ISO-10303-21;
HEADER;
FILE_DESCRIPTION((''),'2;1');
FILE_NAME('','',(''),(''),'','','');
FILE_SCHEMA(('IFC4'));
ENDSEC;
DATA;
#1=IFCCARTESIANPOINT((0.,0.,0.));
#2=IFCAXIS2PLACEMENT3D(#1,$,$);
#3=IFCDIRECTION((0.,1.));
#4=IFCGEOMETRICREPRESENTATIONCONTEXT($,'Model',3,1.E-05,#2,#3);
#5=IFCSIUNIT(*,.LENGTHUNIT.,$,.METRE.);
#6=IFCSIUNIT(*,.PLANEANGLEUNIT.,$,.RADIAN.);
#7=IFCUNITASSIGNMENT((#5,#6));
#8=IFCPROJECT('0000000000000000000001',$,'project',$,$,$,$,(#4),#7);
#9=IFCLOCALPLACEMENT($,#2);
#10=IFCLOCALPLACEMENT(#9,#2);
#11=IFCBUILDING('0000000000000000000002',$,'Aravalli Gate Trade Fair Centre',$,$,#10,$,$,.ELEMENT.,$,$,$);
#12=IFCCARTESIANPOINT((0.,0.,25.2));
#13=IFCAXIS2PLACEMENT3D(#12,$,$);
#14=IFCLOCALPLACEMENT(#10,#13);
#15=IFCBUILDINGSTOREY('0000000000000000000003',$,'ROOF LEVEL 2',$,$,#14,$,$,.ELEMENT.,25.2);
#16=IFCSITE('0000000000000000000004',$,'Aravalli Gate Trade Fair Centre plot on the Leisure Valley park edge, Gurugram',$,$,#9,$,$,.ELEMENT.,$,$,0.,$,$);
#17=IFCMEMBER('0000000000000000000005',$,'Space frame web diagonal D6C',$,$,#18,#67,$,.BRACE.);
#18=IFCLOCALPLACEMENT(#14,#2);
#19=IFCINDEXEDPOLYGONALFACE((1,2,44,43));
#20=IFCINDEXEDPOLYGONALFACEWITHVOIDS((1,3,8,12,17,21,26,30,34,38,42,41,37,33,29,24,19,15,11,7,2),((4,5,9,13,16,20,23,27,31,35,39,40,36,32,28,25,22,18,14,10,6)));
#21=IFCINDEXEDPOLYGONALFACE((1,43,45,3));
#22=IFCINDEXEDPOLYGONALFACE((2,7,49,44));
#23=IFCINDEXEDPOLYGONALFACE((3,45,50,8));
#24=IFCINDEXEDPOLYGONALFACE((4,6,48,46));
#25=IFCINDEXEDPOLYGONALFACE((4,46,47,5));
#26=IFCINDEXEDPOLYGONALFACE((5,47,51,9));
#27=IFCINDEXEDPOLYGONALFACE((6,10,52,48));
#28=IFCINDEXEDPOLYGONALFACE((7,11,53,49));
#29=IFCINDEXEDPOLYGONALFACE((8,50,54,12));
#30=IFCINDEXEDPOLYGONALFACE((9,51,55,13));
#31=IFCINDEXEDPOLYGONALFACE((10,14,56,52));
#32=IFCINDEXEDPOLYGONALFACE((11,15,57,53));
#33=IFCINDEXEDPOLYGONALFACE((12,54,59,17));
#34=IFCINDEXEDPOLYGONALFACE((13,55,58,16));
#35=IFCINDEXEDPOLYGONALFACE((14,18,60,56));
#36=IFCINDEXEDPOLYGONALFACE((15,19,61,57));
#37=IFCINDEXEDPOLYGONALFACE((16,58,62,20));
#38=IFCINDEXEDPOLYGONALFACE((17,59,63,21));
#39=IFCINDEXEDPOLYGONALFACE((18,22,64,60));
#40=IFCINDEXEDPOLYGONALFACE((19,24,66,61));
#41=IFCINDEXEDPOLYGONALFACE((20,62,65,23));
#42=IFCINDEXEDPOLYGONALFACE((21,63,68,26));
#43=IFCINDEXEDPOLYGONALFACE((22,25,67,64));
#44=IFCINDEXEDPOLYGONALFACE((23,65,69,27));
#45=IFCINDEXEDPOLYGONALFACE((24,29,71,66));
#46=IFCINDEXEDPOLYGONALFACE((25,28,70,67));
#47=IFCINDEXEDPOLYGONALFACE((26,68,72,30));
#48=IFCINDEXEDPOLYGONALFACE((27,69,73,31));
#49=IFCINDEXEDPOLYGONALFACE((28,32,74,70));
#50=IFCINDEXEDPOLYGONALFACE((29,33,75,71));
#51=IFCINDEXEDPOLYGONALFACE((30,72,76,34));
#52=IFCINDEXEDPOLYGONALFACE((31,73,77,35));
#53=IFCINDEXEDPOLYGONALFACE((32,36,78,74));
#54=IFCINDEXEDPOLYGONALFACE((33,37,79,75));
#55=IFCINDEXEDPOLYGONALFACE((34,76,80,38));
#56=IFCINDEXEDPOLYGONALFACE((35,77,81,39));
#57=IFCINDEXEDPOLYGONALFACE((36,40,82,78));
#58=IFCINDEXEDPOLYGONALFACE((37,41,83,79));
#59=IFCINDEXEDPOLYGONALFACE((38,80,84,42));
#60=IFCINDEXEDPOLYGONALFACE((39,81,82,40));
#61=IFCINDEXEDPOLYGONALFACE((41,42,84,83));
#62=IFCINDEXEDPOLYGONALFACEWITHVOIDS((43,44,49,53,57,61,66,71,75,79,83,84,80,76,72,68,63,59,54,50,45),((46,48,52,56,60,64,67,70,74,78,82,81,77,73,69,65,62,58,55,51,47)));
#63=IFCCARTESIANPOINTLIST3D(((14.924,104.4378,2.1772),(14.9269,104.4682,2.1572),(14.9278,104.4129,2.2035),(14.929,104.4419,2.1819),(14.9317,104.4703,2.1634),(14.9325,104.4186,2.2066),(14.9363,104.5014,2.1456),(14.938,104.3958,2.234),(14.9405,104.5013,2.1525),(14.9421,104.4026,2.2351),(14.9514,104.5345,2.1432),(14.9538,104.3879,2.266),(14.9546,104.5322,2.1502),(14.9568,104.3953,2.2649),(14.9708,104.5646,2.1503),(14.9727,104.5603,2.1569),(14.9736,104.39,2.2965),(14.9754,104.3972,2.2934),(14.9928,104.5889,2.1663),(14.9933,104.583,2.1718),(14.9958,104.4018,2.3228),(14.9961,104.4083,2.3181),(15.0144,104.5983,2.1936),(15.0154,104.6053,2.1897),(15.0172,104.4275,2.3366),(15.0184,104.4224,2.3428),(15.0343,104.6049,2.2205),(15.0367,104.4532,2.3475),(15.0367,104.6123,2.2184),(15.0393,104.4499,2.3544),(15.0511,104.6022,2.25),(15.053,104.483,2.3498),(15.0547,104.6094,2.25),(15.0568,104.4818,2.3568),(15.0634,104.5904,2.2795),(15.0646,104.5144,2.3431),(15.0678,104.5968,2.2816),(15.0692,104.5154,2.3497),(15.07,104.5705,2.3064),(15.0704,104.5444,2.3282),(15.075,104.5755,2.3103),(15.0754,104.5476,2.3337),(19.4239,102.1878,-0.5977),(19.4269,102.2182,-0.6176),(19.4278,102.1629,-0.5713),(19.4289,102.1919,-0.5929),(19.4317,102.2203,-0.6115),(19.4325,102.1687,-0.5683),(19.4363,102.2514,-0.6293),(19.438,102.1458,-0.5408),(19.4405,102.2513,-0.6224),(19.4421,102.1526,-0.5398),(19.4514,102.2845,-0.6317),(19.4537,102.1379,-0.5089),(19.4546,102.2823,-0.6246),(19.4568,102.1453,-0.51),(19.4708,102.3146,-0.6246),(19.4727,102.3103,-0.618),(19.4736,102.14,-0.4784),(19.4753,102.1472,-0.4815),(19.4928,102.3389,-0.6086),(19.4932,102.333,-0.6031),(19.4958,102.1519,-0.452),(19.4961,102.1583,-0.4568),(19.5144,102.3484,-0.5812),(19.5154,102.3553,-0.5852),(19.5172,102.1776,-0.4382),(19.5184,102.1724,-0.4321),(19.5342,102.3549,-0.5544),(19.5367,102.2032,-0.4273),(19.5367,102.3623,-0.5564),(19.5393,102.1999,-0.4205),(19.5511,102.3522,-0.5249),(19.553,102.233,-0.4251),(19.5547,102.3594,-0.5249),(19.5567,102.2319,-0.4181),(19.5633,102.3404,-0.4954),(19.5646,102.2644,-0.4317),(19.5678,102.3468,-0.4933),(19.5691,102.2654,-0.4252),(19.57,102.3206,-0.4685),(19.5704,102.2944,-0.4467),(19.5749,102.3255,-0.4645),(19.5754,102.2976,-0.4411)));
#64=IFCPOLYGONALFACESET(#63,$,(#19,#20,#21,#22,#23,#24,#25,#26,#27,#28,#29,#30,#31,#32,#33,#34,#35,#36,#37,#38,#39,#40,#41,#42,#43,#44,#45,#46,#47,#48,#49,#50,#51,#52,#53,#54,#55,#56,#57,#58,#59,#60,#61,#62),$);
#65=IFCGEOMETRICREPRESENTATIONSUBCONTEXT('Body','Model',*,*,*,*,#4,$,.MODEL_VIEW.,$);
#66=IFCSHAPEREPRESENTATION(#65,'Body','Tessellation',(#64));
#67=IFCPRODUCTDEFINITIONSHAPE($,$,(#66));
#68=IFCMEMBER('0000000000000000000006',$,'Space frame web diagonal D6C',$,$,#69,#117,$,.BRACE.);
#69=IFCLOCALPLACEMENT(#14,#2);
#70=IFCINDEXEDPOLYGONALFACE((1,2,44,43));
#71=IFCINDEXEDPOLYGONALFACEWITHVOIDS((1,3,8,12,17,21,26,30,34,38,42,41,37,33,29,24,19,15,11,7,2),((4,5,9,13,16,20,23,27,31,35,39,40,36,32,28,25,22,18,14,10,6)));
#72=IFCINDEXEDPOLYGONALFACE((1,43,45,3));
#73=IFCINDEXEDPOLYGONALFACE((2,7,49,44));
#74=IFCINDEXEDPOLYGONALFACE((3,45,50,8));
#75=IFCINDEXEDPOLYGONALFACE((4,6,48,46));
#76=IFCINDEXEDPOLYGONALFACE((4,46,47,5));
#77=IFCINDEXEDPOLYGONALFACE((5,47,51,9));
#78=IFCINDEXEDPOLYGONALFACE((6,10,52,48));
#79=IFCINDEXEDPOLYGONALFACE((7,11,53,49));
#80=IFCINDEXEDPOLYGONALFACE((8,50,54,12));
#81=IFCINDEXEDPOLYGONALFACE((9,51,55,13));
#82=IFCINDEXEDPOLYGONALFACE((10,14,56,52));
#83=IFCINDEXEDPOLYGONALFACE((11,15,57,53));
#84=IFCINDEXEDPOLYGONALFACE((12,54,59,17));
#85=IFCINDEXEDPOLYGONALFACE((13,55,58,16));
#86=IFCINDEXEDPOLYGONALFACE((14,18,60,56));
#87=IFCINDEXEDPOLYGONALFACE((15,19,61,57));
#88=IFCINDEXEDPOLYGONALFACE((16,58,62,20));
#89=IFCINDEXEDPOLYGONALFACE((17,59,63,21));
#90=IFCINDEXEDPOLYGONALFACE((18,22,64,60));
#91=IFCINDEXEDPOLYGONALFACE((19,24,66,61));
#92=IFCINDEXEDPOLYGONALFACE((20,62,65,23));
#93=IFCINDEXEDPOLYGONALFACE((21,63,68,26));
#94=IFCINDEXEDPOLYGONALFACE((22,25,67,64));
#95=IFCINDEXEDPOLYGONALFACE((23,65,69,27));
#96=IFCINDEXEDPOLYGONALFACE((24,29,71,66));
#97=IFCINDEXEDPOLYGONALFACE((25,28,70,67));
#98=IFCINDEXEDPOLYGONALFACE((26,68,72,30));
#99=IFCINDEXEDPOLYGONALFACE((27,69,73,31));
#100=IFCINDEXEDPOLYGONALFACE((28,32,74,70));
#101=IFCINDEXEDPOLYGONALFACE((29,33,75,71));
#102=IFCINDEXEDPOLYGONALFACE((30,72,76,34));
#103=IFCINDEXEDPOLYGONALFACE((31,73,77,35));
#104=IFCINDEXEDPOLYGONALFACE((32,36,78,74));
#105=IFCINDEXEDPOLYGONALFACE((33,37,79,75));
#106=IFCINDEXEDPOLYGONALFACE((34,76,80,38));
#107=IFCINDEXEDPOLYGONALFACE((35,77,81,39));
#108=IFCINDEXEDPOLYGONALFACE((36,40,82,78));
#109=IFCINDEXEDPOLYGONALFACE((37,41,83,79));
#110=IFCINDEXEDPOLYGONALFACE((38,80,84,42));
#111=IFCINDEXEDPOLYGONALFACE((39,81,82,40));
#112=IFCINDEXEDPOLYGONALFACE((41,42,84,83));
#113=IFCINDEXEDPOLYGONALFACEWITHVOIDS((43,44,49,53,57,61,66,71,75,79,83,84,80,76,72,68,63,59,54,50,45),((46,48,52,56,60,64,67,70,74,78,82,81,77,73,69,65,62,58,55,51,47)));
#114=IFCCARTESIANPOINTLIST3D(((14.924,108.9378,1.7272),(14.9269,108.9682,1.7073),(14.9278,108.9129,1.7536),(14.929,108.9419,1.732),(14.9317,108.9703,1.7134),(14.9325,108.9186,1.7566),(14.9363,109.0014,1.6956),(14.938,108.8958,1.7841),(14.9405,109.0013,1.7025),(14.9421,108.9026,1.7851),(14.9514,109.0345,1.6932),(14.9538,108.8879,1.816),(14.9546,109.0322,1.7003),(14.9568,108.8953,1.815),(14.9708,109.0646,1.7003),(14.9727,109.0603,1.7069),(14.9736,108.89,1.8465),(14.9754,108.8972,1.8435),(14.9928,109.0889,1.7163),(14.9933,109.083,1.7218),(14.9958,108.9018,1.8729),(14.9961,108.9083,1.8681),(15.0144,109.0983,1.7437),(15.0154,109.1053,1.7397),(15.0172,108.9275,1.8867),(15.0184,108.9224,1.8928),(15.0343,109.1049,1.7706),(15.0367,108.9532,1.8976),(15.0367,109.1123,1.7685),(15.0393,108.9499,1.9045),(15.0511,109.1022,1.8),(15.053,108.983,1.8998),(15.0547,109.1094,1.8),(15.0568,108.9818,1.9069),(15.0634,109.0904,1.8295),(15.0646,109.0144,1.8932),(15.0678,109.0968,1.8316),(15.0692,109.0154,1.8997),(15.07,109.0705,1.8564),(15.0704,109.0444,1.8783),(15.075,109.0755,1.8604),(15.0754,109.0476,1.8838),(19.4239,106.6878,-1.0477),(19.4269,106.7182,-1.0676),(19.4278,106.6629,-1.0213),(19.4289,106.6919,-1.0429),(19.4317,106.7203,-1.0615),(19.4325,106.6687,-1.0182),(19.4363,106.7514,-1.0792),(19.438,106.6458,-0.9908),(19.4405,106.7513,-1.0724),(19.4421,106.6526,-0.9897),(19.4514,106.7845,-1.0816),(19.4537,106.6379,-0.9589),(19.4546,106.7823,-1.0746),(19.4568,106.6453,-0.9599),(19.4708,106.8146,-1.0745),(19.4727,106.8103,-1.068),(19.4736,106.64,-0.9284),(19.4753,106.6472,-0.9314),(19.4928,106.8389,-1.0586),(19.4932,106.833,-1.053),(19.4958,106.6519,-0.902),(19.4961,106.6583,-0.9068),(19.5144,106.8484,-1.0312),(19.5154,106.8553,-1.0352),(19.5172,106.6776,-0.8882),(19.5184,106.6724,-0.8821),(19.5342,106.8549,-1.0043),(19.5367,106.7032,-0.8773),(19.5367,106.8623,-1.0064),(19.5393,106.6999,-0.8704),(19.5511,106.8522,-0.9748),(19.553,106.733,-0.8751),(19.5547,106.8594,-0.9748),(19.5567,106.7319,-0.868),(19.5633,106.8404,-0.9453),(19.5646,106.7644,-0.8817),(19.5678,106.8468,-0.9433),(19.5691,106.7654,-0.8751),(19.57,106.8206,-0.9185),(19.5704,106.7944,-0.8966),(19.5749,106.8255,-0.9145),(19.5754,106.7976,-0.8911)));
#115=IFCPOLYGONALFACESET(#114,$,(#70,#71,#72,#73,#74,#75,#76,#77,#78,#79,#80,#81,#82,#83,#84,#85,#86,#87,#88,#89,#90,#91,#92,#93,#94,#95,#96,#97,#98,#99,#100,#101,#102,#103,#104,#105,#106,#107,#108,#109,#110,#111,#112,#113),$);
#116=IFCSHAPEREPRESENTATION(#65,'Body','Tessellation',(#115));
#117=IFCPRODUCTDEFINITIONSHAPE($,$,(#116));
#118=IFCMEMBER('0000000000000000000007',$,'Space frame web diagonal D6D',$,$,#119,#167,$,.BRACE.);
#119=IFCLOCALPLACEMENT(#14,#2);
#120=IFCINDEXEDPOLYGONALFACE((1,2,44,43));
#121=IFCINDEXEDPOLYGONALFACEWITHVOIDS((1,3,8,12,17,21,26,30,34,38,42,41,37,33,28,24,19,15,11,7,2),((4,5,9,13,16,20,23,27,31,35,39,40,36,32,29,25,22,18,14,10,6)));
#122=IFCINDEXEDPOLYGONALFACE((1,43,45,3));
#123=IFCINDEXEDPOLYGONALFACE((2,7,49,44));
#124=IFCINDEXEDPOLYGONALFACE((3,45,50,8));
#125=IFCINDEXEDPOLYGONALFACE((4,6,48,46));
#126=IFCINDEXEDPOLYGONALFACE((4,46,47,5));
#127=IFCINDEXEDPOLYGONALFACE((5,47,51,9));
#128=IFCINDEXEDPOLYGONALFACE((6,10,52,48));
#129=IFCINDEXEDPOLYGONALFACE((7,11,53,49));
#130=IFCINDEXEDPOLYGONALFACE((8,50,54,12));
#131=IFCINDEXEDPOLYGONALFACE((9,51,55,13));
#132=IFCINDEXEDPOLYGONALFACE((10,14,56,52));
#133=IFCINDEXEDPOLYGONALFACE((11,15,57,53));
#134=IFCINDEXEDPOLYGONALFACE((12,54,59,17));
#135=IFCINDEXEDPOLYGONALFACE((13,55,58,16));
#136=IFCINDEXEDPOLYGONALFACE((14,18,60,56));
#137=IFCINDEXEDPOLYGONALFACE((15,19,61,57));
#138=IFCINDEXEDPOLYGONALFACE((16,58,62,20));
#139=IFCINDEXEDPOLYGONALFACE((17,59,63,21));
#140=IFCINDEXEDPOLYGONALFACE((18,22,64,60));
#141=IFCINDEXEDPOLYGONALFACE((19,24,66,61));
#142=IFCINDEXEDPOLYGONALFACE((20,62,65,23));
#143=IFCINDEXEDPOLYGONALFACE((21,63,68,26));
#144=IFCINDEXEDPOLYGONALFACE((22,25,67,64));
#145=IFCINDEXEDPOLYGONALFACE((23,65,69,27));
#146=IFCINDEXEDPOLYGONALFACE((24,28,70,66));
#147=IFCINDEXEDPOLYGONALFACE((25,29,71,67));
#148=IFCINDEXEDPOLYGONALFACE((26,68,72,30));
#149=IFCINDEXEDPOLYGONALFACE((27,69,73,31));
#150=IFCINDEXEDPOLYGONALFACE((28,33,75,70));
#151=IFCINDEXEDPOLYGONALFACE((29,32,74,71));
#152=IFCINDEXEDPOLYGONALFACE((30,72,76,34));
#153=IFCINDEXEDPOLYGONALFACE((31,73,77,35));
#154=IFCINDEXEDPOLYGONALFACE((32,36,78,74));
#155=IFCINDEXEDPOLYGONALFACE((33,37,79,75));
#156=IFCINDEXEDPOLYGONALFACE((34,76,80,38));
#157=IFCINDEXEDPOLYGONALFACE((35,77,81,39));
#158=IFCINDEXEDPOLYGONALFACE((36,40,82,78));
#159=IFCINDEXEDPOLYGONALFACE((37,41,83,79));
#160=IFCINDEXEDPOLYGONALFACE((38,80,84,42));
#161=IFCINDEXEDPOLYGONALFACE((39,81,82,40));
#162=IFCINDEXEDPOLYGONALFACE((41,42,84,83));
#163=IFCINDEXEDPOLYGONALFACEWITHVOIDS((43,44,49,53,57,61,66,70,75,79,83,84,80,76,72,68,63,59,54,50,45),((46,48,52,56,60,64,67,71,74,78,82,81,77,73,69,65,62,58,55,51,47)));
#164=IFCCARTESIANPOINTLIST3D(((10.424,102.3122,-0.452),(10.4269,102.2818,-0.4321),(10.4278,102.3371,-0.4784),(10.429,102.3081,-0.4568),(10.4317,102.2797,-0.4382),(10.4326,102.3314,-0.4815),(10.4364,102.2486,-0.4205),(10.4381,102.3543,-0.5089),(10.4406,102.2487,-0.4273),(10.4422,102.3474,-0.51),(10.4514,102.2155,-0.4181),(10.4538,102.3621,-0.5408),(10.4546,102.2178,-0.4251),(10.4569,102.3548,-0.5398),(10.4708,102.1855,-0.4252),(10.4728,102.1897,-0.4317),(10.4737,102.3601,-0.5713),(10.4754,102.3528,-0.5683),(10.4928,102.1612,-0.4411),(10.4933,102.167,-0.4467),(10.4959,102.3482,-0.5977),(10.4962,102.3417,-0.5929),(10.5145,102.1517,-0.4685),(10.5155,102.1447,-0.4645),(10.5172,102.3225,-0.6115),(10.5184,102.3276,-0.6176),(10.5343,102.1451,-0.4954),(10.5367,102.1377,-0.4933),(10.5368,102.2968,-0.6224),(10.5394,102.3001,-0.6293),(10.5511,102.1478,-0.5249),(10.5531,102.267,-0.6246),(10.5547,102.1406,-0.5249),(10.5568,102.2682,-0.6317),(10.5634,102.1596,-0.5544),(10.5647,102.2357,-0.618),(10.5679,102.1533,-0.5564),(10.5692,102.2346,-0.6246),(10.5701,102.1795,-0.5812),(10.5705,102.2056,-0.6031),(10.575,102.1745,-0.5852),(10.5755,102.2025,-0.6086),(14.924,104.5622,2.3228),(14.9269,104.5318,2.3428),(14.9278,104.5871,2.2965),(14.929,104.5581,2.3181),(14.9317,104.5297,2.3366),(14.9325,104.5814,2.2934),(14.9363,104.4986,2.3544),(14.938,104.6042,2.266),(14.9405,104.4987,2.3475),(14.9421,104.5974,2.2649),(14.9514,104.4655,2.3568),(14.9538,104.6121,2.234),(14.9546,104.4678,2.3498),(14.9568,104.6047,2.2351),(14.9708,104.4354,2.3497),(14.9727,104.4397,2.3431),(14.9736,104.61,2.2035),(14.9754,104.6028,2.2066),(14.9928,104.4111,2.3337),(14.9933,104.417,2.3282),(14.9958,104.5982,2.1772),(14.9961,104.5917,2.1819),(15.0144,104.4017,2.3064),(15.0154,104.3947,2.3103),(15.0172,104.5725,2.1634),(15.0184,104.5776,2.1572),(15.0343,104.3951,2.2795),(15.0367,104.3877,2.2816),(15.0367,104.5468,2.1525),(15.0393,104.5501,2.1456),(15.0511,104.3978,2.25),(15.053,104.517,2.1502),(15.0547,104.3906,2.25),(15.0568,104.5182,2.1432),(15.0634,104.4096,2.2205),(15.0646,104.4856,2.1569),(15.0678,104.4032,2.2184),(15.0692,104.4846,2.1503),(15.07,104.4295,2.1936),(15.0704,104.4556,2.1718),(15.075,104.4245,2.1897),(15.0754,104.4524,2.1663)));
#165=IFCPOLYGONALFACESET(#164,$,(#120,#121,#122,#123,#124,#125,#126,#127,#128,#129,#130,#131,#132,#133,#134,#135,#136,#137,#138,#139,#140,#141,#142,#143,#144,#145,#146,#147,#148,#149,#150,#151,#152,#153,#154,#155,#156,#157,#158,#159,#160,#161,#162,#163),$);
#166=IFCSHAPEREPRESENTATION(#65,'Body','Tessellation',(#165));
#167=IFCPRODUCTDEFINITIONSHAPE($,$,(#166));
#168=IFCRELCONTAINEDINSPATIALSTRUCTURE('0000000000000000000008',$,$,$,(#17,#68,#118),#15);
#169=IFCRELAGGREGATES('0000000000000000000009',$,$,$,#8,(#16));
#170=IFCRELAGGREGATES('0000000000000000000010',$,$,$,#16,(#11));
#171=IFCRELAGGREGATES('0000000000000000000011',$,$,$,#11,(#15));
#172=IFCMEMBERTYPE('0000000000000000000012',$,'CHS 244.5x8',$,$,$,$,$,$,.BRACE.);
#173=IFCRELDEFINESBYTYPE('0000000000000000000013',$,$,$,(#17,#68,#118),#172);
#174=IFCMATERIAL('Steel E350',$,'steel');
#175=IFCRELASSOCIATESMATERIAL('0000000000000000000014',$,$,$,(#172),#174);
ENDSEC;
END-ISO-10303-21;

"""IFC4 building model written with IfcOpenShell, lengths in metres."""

from ifc_helpers import new_model, si_unit, direction, frame, origin, origin_2d, place, context, subcontext, project, spatial, hollow_circle, extrude, material, material_profile, profile_set, type_object, element, save


model = new_model("IFC4")

# Units and contexts
model_context = context("Model", 3, precision=1e-05, world=origin(), true_north=direction((0.0, 1.0)))
body_context = subcontext(model_context, "Body", "Model", "MODEL_VIEW")
ifc_project = project(units=[si_unit("LENGTHUNIT", "METRE"), si_unit("PLANEANGLEUNIT", "RADIAN")], contexts=[model_context])

# Site, building, storey
site_placement = place(None, origin())
site = spatial("IfcSite", under=ifc_project, at=site_placement, Name="Aravalli Gate Trade Fair Centre plot on the Leisure Valley park edge, Gurugram", CompositionType="ELEMENT", RefElevation=0.0)
building_placement = place(site_placement, origin())
building = spatial("IfcBuilding", under=site, at=building_placement, Name="Aravalli Gate Trade Fair Centre", CompositionType="ELEMENT")
storey_placement = place(building_placement, frame((0.0, 0.0, 25.2)))
storey = spatial("IfcBuildingStorey", under=building, at=storey_placement, Name="ROOF LEVEL 2", CompositionType="ELEMENT", Elevation=25.2)

# Members
ifc_material_1 = material(Name="Steel E350", Category="steel")
ifc_material_profile_1 = material_profile(ifc_material_1, hollow_circle(Radius=0.1223, WallThickness=0.0081, at=origin_2d()), Name="CHS 244.5x8")
ifc_profile_set_1 = profile_set([ifc_material_profile_1], Name="Steel E350")
member_type_1 = type_object("IfcMemberType", Name="CHS 244.5x8", PredefinedType="BRACE", material=ifc_profile_set_1)
for number, where, z_axis, x_axis, name in (
    (1, (15.0, 104.5, 2.25), (0.7832, -0.3916, -0.482956), (0.447214, 0.894427, 0.0), "Space frame web diagonal D6C"),
    (2, (15.0, 109.0, 1.8), (0.7832, -0.3916, -0.482956), (0.447214, 0.894427, 0.0), "Space frame web diagonal D6C"),
    (3, (15.0, 104.5, 2.25), (-0.7832, -0.3916, -0.482956), (0.447214, -0.894427, 0.0), "Space frame web diagonal D6D"),
):
    element("IfcMember", number, at=place(storey_placement, frame(where, z_axis=z_axis, x_axis=x_axis)), inside=storey, type_object=member_type_1, Name=name, PredefinedType="BRACE", context=body_context, shape_type="SweptSolid", body=[
        extrude(hollow_circle(Radius=0.1223, WallThickness=0.0081, at=origin_2d()), origin(), (0.0, 0.0, 1.0), 5.7456),
    ])

save(model, "model.ifc")
